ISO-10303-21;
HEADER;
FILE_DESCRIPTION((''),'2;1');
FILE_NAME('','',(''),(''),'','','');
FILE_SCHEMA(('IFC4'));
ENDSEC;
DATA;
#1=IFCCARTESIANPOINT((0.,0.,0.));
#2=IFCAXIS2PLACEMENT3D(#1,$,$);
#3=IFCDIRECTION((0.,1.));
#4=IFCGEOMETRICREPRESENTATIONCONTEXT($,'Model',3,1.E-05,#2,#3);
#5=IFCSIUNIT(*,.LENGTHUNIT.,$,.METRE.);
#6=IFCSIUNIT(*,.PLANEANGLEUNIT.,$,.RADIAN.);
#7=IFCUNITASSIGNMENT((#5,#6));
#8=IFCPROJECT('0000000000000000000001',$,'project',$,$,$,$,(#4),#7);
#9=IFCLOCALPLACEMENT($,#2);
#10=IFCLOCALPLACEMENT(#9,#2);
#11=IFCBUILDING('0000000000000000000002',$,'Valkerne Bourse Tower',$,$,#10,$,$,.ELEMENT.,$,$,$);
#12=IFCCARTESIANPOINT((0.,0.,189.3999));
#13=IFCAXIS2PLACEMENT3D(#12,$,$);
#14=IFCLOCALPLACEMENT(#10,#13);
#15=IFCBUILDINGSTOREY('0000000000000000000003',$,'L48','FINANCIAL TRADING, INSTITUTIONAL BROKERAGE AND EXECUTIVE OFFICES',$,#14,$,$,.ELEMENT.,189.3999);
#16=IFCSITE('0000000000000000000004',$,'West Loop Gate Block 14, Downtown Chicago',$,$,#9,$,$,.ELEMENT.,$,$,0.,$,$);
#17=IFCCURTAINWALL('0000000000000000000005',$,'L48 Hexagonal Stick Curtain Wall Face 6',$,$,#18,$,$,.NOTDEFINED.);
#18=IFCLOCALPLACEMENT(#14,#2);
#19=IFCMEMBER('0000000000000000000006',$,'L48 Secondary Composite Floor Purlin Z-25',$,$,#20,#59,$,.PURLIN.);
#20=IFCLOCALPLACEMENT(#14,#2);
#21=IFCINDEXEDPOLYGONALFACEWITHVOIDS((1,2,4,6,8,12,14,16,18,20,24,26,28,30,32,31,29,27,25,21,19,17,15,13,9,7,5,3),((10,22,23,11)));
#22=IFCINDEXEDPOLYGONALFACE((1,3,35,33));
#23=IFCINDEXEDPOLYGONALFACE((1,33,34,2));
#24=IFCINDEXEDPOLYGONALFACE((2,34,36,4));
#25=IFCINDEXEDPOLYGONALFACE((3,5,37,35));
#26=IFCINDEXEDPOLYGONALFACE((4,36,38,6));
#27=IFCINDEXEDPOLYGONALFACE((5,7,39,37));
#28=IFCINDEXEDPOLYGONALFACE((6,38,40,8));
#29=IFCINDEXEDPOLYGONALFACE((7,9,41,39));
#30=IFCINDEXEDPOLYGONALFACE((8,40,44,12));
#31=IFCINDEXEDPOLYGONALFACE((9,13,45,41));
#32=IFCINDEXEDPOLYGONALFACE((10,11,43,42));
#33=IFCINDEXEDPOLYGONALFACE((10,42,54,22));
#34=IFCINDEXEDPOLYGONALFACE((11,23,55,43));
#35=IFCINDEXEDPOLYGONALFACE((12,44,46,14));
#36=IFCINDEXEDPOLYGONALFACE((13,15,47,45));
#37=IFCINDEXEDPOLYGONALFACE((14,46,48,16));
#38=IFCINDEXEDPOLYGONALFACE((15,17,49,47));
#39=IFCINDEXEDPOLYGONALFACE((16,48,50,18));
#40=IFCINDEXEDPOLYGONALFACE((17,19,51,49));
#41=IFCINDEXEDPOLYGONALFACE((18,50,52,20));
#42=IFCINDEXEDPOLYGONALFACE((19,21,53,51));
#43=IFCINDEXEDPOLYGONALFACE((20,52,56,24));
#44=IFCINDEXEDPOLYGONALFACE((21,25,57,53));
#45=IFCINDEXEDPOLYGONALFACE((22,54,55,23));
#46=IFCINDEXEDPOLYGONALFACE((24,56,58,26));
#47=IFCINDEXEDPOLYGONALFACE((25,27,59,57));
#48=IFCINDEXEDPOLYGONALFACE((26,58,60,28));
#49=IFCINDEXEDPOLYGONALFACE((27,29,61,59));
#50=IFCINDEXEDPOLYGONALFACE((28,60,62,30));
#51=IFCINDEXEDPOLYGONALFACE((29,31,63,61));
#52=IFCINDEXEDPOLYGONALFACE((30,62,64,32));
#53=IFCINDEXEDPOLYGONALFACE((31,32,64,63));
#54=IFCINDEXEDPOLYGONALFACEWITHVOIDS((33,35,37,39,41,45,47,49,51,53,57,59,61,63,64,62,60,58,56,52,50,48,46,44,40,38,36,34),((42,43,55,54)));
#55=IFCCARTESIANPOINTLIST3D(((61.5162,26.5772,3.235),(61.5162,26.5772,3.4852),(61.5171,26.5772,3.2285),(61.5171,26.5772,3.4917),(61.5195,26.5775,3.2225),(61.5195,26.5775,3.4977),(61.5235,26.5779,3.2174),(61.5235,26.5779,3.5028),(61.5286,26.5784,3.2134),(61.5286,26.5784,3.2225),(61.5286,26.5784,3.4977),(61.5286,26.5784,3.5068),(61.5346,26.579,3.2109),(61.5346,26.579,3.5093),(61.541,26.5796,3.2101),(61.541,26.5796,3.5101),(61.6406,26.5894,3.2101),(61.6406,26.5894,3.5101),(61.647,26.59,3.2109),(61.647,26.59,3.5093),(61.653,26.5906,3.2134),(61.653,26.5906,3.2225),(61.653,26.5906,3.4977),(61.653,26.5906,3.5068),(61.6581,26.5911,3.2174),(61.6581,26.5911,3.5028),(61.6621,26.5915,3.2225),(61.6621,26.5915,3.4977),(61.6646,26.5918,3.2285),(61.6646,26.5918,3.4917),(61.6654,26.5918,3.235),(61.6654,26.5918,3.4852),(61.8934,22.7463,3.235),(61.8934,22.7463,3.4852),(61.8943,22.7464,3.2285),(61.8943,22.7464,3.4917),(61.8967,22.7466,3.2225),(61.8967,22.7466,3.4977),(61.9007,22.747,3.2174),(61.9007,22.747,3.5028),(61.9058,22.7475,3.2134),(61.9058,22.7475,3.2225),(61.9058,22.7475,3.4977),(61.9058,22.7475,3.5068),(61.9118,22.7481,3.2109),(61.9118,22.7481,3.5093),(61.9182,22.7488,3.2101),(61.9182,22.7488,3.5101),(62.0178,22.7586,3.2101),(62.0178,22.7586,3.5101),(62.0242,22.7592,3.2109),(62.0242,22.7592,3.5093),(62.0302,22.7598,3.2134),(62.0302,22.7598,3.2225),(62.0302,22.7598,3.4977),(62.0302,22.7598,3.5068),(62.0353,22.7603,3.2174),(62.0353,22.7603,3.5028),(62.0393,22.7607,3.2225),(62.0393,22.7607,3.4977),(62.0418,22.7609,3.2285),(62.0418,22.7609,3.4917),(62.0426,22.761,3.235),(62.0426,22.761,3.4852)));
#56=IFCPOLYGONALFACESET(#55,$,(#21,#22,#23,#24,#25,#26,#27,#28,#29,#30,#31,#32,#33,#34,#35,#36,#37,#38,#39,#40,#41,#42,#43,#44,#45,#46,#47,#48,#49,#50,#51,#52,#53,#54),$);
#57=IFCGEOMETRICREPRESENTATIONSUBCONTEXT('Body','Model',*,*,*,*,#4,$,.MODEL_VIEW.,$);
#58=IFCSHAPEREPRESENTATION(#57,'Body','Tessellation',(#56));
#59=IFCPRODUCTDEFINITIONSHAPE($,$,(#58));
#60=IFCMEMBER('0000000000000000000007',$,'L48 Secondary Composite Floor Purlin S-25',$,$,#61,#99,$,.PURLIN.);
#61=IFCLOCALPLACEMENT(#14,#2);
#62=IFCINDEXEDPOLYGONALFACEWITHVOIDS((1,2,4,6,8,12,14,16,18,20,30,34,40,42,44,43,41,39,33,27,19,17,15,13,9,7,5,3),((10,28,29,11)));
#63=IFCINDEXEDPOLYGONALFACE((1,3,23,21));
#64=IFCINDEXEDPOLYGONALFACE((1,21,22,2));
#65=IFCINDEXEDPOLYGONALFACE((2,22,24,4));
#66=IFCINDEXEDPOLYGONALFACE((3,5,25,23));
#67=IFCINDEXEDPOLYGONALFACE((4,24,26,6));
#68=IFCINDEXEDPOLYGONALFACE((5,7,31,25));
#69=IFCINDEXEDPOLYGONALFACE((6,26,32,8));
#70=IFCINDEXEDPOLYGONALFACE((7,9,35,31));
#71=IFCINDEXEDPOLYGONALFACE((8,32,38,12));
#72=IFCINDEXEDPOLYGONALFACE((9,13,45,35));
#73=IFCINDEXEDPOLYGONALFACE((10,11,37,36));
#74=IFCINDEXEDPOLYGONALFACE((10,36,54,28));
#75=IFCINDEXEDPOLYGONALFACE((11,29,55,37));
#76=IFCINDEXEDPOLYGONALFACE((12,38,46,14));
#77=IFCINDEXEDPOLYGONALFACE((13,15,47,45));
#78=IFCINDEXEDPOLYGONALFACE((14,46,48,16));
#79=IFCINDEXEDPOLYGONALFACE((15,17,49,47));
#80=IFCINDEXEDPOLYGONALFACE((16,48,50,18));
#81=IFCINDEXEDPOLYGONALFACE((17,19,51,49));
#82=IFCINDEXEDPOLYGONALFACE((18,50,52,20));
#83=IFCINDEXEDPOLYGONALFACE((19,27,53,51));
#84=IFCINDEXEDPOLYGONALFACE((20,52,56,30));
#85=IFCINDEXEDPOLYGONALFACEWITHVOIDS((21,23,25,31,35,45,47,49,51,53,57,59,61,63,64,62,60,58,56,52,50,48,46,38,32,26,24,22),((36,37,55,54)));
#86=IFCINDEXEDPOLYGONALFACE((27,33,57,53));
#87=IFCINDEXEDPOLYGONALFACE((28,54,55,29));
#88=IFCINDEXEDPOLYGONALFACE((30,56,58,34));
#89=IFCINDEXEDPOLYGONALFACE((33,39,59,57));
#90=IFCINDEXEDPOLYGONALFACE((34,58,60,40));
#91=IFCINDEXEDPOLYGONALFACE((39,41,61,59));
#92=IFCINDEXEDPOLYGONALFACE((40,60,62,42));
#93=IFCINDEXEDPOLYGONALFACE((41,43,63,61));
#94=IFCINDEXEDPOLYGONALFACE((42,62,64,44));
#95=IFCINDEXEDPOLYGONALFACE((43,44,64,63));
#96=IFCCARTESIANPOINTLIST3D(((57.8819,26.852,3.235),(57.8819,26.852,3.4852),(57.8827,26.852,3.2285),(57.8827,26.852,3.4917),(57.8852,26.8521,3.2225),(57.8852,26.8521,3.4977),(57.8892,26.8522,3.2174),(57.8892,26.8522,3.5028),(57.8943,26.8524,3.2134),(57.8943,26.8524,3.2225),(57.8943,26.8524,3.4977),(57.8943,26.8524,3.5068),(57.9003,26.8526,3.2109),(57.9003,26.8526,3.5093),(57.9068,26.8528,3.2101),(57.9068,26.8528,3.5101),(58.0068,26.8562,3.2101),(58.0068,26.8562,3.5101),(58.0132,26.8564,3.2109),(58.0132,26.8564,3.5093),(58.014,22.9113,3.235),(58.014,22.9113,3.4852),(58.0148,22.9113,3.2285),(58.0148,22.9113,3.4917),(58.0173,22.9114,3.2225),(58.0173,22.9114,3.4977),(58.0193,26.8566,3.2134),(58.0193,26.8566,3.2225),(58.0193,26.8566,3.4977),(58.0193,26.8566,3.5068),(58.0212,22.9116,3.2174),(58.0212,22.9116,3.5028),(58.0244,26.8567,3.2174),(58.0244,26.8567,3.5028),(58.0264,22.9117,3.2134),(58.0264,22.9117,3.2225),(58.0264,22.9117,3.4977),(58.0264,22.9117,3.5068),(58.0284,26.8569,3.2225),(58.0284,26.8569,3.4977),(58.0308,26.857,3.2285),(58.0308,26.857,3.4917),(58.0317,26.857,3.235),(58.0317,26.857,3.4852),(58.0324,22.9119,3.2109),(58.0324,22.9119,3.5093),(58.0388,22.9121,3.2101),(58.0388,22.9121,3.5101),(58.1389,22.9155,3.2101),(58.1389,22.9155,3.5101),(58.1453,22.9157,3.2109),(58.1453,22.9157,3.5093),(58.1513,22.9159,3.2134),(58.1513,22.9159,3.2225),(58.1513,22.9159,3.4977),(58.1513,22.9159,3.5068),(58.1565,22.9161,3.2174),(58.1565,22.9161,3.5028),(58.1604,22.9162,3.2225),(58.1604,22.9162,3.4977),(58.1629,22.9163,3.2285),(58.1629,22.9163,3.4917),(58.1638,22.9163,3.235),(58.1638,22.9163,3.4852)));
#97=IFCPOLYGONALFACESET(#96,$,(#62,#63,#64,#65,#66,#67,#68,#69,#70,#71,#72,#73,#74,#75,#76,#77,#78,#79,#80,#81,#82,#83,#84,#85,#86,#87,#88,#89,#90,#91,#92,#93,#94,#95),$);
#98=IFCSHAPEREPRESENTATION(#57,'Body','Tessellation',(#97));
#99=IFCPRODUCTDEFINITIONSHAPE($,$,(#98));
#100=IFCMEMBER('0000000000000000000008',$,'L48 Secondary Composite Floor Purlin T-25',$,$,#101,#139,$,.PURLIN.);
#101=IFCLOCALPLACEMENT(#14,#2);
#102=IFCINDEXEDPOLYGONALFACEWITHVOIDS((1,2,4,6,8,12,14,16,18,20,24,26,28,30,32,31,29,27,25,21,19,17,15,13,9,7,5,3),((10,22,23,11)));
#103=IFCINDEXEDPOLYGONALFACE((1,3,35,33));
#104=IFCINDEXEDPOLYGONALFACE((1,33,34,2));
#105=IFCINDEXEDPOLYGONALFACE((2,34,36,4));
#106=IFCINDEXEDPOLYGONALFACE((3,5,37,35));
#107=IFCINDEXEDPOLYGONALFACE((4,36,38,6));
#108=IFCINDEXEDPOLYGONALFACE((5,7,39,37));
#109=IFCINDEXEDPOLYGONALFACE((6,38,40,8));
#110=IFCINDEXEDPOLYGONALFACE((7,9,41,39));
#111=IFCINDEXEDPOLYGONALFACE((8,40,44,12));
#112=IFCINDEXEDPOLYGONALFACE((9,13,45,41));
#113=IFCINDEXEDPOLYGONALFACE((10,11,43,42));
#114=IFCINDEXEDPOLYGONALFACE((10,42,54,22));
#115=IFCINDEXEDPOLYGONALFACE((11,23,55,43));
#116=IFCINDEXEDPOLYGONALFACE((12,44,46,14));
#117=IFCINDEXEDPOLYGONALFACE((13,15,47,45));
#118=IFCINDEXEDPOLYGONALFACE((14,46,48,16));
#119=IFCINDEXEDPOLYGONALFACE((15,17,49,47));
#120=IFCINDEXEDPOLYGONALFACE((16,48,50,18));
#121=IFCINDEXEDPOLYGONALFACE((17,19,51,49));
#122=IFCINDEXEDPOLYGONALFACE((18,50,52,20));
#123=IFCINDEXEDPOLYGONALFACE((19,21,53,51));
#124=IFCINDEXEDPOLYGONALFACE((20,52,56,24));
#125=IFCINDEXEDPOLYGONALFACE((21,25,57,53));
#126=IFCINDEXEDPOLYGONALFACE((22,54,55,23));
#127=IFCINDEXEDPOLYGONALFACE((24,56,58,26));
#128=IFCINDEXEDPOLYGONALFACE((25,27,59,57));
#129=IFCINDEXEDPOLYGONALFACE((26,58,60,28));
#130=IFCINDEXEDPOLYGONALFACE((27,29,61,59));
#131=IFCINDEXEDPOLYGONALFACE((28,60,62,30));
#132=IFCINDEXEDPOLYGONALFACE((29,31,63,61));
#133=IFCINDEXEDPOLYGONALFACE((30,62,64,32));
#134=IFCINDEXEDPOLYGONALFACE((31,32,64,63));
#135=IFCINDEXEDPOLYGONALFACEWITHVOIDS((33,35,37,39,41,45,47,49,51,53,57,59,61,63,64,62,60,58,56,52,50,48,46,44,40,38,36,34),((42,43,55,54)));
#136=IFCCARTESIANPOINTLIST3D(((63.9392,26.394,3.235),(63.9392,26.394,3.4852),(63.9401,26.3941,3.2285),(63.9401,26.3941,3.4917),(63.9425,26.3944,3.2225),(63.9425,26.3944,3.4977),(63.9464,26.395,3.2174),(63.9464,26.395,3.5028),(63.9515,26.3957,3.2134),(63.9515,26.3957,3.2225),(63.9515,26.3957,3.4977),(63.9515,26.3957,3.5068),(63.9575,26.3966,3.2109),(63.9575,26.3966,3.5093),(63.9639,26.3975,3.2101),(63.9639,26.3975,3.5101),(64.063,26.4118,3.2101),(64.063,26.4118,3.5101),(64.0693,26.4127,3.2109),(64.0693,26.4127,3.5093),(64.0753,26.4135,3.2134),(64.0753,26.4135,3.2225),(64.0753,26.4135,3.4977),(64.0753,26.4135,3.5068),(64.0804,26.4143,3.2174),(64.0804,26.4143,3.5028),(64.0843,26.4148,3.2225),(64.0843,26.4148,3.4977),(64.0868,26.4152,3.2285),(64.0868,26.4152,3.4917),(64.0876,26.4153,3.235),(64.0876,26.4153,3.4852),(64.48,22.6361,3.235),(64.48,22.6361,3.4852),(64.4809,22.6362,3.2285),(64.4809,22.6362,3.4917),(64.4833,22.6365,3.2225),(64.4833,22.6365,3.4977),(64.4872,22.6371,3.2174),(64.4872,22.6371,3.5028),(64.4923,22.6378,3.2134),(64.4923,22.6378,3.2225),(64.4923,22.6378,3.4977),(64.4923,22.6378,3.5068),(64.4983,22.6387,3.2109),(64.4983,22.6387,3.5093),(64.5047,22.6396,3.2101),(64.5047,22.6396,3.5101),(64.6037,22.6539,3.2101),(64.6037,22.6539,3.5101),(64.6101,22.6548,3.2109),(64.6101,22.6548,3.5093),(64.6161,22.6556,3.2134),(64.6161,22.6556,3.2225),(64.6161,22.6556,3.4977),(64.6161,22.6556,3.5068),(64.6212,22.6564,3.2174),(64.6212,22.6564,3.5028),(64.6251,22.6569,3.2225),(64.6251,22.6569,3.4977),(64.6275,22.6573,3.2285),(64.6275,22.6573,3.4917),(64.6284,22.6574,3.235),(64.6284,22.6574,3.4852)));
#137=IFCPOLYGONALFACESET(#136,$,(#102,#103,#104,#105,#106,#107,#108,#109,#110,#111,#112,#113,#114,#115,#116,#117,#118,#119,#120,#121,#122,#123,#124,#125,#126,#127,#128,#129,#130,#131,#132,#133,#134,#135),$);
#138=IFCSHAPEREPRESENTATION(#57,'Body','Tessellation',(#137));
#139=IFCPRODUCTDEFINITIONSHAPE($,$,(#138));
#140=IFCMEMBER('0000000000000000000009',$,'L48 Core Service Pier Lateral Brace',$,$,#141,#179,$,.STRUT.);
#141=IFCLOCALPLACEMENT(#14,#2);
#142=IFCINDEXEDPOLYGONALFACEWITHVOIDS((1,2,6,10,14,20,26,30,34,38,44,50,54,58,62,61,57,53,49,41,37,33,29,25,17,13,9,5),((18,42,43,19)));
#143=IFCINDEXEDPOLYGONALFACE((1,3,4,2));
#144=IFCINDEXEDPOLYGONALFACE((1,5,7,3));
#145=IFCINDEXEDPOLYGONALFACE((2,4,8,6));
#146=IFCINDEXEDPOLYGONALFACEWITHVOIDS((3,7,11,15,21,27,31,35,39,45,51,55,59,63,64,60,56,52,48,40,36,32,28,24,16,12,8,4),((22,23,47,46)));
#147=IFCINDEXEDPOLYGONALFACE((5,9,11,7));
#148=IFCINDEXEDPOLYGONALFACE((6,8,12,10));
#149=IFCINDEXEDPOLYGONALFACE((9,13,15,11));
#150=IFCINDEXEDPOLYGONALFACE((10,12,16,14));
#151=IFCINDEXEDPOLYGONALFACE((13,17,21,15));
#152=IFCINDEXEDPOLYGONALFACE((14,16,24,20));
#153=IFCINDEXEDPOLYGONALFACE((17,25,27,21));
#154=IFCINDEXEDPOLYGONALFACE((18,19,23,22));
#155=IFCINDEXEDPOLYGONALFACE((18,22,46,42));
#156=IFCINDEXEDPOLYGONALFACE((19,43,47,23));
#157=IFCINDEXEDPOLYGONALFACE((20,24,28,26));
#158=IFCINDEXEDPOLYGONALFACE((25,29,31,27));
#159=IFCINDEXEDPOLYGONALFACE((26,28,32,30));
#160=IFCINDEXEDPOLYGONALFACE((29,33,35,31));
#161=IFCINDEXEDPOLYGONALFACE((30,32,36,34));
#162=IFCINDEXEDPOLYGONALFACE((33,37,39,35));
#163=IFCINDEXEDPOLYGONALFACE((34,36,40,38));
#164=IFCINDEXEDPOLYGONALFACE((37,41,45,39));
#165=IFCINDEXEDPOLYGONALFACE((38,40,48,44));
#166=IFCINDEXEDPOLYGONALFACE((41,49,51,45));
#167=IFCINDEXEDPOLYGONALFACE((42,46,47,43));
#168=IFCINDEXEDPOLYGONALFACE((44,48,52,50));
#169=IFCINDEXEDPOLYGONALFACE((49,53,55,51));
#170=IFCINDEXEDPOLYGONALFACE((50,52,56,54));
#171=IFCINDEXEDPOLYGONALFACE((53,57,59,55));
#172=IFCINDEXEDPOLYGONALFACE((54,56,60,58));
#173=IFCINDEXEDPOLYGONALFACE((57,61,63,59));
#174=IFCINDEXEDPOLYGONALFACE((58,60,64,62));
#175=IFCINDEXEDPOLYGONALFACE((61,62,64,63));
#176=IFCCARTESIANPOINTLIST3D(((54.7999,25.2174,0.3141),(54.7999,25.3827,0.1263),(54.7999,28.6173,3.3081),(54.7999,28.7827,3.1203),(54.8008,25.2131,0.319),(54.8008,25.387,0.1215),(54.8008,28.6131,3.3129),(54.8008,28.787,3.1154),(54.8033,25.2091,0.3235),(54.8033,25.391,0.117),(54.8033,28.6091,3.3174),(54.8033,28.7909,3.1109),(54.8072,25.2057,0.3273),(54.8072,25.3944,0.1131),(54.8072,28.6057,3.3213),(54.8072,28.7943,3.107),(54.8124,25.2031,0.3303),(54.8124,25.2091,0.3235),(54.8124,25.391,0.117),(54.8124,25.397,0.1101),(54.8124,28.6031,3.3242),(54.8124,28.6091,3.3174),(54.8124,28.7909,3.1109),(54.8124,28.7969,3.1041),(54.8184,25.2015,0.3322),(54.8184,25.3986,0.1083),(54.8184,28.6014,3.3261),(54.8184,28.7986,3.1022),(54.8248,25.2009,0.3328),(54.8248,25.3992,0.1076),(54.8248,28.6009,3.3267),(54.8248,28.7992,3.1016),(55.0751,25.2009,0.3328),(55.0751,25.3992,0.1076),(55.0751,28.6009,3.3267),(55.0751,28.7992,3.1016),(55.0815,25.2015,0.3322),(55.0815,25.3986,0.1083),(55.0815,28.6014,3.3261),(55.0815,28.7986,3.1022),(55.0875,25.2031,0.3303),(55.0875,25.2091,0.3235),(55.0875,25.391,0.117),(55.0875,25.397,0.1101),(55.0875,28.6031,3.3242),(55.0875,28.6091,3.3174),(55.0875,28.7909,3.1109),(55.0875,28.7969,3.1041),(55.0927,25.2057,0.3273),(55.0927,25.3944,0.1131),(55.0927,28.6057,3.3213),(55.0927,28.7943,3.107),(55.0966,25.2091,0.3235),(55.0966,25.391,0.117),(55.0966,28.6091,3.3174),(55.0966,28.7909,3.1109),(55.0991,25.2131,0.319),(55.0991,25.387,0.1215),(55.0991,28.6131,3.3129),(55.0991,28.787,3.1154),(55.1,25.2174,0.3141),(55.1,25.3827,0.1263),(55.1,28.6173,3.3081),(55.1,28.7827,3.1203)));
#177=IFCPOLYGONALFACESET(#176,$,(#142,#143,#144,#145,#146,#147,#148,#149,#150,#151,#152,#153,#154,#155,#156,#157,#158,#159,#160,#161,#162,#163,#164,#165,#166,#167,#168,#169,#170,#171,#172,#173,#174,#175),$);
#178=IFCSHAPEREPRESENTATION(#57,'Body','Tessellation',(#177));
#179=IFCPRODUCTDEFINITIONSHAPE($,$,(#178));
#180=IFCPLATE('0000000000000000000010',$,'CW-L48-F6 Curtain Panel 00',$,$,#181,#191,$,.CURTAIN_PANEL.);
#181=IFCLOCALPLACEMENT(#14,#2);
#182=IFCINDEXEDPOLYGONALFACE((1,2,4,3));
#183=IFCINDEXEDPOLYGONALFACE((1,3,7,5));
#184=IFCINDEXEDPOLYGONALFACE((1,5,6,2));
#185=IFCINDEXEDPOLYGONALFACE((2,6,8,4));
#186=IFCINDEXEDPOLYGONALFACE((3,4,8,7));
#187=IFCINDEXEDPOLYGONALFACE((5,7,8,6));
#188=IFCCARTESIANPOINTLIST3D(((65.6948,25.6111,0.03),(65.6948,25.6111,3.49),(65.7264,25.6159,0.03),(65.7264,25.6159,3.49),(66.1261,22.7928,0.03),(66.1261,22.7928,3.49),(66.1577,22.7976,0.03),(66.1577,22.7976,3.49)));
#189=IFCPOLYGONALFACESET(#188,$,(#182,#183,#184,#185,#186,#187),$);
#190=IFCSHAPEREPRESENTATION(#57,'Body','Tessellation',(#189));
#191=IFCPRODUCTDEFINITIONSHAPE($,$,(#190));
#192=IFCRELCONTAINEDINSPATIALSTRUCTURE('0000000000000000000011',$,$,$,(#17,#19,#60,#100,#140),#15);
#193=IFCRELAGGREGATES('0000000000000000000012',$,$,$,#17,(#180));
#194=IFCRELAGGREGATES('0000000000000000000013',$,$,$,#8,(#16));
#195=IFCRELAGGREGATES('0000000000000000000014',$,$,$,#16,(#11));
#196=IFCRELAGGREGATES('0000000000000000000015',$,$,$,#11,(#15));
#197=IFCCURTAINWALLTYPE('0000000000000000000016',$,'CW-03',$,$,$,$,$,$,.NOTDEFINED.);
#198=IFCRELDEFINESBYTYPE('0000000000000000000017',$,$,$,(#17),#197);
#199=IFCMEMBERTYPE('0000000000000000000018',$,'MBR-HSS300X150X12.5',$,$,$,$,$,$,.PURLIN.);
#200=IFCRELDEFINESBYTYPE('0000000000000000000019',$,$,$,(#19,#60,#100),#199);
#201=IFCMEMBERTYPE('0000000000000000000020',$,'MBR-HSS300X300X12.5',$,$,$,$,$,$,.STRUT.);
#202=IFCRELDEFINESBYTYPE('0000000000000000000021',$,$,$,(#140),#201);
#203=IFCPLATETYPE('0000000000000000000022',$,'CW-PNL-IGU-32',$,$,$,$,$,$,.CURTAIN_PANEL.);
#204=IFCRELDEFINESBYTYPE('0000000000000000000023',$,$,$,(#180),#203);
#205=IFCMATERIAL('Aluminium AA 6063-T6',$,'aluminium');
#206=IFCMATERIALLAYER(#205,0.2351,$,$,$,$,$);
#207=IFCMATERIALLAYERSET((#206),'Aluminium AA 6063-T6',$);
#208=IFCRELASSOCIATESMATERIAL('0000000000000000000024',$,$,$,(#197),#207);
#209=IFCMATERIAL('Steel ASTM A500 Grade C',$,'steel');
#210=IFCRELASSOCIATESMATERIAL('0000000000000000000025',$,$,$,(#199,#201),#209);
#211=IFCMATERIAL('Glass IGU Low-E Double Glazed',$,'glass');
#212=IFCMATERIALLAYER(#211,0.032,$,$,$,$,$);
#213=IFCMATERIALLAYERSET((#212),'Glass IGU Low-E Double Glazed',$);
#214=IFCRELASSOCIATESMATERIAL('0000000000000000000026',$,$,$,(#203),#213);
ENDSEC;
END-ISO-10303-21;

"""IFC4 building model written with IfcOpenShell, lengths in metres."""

from ifc_helpers import new_model, si_unit, direction, frame, origin, origin_2d, place, context, subcontext, project, spatial, rectangle, hollow_rectangle, extrude, material, layer, layer_set, material_profile, profile_set, type_object, element, aggregate, save


model = new_model("IFC4")

# Units and contexts
model_context = context("Model", 3, precision=1e-05, world=origin(), true_north=direction((0.0, 1.0)))
body_context = subcontext(model_context, "Body", "Model", "MODEL_VIEW")
ifc_project = project(units=[si_unit("LENGTHUNIT", "METRE"), si_unit("PLANEANGLEUNIT", "RADIAN")], contexts=[model_context])

# Site, building, storey
site_placement = place(None, origin())
site = spatial("IfcSite", under=ifc_project, at=site_placement, Name="West Loop Gate Block 14, Downtown Chicago", CompositionType="ELEMENT", RefElevation=0.0)
building_placement = place(site_placement, origin())
building = spatial("IfcBuilding", under=site, at=building_placement, Name="Valkerne Bourse Tower", CompositionType="ELEMENT")
storey_placement = place(building_placement, frame((0.0, 0.0, 189.3999)))
storey = spatial("IfcBuildingStorey", under=building, at=storey_placement, Name="L48", Description="FINANCIAL TRADING, INSTITUTIONAL BROKERAGE AND EXECUTIVE OFFICES", CompositionType="ELEMENT", Elevation=189.3999)

# Curtain wall
ifc_material_1 = material(Name="Aluminium AA 6063-T6", Category="aluminium")
ifc_layer_1 = layer(ifc_material_1, 0.2351)
ifc_layer_set_1 = layer_set([ifc_layer_1], Name="Aluminium AA 6063-T6")
curtain_wall_type = type_object("IfcCurtainWallType", Name="CW-03", PredefinedType="NOTDEFINED", material=ifc_layer_set_1)
curtain_wall_placement = place(storey_placement, origin())
curtain_wall = element("IfcCurtainWall", 1, at=curtain_wall_placement, inside=storey, type_object=curtain_wall_type, Name="L48 Hexagonal Stick Curtain Wall Face 6", PredefinedType="NOTDEFINED")

# Members
ifc_material_2 = material(Name="Steel ASTM A500 Grade C", Category="steel")
ifc_material_profile_1 = material_profile(ifc_material_2, hollow_rectangle(XDim=0.1499, YDim=0.3, WallThickness=0.0125, OuterFilletRadius=0.0249, at=origin_2d()), Name="HSS300X150X12.5")
ifc_profile_set_1 = profile_set([ifc_material_profile_1], Name="Steel ASTM A500 Grade C")
member_type_1 = type_object("IfcMemberType", Name="MBR-HSS300X150X12.5", PredefinedType="PURLIN", material=ifc_profile_set_1)
member_1_placement = place(storey_placement, frame((61.968, 22.7537, 3.3601), z_axis=(-0.09799, 0.995187, 0.0), x_axis=(-0.995187, -0.09799, 0.0)))
element("IfcMember", 2, at=member_1_placement, inside=storey, type_object=member_type_1, Name="L48 Secondary Composite Floor Purlin Z-25", PredefinedType="PURLIN", context=body_context, shape_type="SweptSolid", body=[
    extrude(hollow_rectangle(XDim=0.1499, YDim=0.3, WallThickness=0.0125, OuterFilletRadius=0.0249, at=origin_2d()), origin(), (0.0, 0.0, 1.0), 3.8494),
])
member_2_placement = place(storey_placement, frame((58.0889, 22.9138, 3.3601), z_axis=(-0.033498, 0.999439, 0.0), x_axis=(-0.999439, -0.033498, 0.0)))
element("IfcMember", 3, at=member_2_placement, inside=storey, type_object=member_type_1, Name="L48 Secondary Composite Floor Purlin S-25", PredefinedType="PURLIN", context=body_context, shape_type="SweptSolid", body=[
    extrude(hollow_rectangle(XDim=0.1499, YDim=0.3, WallThickness=0.0125, OuterFilletRadius=0.0249, at=origin_2d()), origin(), (0.0, 0.0, 1.0), 3.9429),
])
member_3_placement = place(storey_placement, frame((64.5542, 22.6467, 3.3601), z_axis=(-0.142439, 0.989804, 0.0), x_axis=(-0.989804, -0.142439, 0.0)))
element("IfcMember", 4, at=member_3_placement, inside=storey, type_object=member_type_1, Name="L48 Secondary Composite Floor Purlin T-25", PredefinedType="PURLIN", context=body_context, shape_type="SweptSolid", body=[
    extrude(hollow_rectangle(XDim=0.1499, YDim=0.3, WallThickness=0.0125, OuterFilletRadius=0.0249, at=origin_2d()), origin(), (0.0, 0.0, 1.0), 3.7966),
])
ifc_material_profile_2 = material_profile(ifc_material_2, hollow_rectangle(XDim=0.3, YDim=0.3, WallThickness=0.0125, OuterFilletRadius=0.0249, at=origin_2d()), Name="HSS300X300X12.5")
ifc_profile_set_2 = profile_set([ifc_material_profile_2], Name="Steel ASTM A500 Grade C")
member_type_2 = type_object("IfcMemberType", Name="MBR-HSS300X300X12.5", PredefinedType="STRUT", material=ifc_profile_set_2)
member_4_placement = place(storey_placement, frame((54.95, 25.3, 0.2202), z_axis=(0.0, 0.750496, 0.660874), x_axis=(-1.0, 0.0, 0.0)))
element("IfcMember", 5, at=member_4_placement, inside=storey, type_object=member_type_2, Name="L48 Core Service Pier Lateral Brace", PredefinedType="STRUT", context=body_context, shape_type="SweptSolid", body=[
    extrude(hollow_rectangle(XDim=0.3, YDim=0.3, WallThickness=0.0125, OuterFilletRadius=0.0249, at=origin_2d()), origin(), (0.0, 0.0, 1.0), 4.5303),
])

# Plate
ifc_material_3 = material(Name="Glass IGU Low-E Double Glazed", Category="glass")
ifc_layer_2 = layer(ifc_material_3, 0.032)
ifc_layer_set_2 = layer_set([ifc_layer_2], Name="Glass IGU Low-E Double Glazed")
plate_type_1 = type_object("IfcPlateType", Name="CW-PNL-IGU-32", PredefinedType="CURTAIN_PANEL", material=ifc_layer_set_2)
plate_1_placement = place(storey_placement, frame((65.9263, 24.2043, 0.03), z_axis=(0.0, 0.0, 1.0), x_axis=(-0.15126, 0.988494, 0.0)))
plate_1 = element("IfcPlate", 6, at=plate_1_placement, type_object=plate_type_1, Name="CW-L48-F6 Curtain Panel 00", PredefinedType="CURTAIN_PANEL", context=body_context, shape_type="SweptSolid", body=[
    extrude(rectangle(XDim=2.8511, YDim=0.032, at=origin_2d()), origin(), (0.0, 0.0, 1.0), 3.46),
])
aggregate(curtain_wall, [plate_1])

save(model, "model.ifc")
